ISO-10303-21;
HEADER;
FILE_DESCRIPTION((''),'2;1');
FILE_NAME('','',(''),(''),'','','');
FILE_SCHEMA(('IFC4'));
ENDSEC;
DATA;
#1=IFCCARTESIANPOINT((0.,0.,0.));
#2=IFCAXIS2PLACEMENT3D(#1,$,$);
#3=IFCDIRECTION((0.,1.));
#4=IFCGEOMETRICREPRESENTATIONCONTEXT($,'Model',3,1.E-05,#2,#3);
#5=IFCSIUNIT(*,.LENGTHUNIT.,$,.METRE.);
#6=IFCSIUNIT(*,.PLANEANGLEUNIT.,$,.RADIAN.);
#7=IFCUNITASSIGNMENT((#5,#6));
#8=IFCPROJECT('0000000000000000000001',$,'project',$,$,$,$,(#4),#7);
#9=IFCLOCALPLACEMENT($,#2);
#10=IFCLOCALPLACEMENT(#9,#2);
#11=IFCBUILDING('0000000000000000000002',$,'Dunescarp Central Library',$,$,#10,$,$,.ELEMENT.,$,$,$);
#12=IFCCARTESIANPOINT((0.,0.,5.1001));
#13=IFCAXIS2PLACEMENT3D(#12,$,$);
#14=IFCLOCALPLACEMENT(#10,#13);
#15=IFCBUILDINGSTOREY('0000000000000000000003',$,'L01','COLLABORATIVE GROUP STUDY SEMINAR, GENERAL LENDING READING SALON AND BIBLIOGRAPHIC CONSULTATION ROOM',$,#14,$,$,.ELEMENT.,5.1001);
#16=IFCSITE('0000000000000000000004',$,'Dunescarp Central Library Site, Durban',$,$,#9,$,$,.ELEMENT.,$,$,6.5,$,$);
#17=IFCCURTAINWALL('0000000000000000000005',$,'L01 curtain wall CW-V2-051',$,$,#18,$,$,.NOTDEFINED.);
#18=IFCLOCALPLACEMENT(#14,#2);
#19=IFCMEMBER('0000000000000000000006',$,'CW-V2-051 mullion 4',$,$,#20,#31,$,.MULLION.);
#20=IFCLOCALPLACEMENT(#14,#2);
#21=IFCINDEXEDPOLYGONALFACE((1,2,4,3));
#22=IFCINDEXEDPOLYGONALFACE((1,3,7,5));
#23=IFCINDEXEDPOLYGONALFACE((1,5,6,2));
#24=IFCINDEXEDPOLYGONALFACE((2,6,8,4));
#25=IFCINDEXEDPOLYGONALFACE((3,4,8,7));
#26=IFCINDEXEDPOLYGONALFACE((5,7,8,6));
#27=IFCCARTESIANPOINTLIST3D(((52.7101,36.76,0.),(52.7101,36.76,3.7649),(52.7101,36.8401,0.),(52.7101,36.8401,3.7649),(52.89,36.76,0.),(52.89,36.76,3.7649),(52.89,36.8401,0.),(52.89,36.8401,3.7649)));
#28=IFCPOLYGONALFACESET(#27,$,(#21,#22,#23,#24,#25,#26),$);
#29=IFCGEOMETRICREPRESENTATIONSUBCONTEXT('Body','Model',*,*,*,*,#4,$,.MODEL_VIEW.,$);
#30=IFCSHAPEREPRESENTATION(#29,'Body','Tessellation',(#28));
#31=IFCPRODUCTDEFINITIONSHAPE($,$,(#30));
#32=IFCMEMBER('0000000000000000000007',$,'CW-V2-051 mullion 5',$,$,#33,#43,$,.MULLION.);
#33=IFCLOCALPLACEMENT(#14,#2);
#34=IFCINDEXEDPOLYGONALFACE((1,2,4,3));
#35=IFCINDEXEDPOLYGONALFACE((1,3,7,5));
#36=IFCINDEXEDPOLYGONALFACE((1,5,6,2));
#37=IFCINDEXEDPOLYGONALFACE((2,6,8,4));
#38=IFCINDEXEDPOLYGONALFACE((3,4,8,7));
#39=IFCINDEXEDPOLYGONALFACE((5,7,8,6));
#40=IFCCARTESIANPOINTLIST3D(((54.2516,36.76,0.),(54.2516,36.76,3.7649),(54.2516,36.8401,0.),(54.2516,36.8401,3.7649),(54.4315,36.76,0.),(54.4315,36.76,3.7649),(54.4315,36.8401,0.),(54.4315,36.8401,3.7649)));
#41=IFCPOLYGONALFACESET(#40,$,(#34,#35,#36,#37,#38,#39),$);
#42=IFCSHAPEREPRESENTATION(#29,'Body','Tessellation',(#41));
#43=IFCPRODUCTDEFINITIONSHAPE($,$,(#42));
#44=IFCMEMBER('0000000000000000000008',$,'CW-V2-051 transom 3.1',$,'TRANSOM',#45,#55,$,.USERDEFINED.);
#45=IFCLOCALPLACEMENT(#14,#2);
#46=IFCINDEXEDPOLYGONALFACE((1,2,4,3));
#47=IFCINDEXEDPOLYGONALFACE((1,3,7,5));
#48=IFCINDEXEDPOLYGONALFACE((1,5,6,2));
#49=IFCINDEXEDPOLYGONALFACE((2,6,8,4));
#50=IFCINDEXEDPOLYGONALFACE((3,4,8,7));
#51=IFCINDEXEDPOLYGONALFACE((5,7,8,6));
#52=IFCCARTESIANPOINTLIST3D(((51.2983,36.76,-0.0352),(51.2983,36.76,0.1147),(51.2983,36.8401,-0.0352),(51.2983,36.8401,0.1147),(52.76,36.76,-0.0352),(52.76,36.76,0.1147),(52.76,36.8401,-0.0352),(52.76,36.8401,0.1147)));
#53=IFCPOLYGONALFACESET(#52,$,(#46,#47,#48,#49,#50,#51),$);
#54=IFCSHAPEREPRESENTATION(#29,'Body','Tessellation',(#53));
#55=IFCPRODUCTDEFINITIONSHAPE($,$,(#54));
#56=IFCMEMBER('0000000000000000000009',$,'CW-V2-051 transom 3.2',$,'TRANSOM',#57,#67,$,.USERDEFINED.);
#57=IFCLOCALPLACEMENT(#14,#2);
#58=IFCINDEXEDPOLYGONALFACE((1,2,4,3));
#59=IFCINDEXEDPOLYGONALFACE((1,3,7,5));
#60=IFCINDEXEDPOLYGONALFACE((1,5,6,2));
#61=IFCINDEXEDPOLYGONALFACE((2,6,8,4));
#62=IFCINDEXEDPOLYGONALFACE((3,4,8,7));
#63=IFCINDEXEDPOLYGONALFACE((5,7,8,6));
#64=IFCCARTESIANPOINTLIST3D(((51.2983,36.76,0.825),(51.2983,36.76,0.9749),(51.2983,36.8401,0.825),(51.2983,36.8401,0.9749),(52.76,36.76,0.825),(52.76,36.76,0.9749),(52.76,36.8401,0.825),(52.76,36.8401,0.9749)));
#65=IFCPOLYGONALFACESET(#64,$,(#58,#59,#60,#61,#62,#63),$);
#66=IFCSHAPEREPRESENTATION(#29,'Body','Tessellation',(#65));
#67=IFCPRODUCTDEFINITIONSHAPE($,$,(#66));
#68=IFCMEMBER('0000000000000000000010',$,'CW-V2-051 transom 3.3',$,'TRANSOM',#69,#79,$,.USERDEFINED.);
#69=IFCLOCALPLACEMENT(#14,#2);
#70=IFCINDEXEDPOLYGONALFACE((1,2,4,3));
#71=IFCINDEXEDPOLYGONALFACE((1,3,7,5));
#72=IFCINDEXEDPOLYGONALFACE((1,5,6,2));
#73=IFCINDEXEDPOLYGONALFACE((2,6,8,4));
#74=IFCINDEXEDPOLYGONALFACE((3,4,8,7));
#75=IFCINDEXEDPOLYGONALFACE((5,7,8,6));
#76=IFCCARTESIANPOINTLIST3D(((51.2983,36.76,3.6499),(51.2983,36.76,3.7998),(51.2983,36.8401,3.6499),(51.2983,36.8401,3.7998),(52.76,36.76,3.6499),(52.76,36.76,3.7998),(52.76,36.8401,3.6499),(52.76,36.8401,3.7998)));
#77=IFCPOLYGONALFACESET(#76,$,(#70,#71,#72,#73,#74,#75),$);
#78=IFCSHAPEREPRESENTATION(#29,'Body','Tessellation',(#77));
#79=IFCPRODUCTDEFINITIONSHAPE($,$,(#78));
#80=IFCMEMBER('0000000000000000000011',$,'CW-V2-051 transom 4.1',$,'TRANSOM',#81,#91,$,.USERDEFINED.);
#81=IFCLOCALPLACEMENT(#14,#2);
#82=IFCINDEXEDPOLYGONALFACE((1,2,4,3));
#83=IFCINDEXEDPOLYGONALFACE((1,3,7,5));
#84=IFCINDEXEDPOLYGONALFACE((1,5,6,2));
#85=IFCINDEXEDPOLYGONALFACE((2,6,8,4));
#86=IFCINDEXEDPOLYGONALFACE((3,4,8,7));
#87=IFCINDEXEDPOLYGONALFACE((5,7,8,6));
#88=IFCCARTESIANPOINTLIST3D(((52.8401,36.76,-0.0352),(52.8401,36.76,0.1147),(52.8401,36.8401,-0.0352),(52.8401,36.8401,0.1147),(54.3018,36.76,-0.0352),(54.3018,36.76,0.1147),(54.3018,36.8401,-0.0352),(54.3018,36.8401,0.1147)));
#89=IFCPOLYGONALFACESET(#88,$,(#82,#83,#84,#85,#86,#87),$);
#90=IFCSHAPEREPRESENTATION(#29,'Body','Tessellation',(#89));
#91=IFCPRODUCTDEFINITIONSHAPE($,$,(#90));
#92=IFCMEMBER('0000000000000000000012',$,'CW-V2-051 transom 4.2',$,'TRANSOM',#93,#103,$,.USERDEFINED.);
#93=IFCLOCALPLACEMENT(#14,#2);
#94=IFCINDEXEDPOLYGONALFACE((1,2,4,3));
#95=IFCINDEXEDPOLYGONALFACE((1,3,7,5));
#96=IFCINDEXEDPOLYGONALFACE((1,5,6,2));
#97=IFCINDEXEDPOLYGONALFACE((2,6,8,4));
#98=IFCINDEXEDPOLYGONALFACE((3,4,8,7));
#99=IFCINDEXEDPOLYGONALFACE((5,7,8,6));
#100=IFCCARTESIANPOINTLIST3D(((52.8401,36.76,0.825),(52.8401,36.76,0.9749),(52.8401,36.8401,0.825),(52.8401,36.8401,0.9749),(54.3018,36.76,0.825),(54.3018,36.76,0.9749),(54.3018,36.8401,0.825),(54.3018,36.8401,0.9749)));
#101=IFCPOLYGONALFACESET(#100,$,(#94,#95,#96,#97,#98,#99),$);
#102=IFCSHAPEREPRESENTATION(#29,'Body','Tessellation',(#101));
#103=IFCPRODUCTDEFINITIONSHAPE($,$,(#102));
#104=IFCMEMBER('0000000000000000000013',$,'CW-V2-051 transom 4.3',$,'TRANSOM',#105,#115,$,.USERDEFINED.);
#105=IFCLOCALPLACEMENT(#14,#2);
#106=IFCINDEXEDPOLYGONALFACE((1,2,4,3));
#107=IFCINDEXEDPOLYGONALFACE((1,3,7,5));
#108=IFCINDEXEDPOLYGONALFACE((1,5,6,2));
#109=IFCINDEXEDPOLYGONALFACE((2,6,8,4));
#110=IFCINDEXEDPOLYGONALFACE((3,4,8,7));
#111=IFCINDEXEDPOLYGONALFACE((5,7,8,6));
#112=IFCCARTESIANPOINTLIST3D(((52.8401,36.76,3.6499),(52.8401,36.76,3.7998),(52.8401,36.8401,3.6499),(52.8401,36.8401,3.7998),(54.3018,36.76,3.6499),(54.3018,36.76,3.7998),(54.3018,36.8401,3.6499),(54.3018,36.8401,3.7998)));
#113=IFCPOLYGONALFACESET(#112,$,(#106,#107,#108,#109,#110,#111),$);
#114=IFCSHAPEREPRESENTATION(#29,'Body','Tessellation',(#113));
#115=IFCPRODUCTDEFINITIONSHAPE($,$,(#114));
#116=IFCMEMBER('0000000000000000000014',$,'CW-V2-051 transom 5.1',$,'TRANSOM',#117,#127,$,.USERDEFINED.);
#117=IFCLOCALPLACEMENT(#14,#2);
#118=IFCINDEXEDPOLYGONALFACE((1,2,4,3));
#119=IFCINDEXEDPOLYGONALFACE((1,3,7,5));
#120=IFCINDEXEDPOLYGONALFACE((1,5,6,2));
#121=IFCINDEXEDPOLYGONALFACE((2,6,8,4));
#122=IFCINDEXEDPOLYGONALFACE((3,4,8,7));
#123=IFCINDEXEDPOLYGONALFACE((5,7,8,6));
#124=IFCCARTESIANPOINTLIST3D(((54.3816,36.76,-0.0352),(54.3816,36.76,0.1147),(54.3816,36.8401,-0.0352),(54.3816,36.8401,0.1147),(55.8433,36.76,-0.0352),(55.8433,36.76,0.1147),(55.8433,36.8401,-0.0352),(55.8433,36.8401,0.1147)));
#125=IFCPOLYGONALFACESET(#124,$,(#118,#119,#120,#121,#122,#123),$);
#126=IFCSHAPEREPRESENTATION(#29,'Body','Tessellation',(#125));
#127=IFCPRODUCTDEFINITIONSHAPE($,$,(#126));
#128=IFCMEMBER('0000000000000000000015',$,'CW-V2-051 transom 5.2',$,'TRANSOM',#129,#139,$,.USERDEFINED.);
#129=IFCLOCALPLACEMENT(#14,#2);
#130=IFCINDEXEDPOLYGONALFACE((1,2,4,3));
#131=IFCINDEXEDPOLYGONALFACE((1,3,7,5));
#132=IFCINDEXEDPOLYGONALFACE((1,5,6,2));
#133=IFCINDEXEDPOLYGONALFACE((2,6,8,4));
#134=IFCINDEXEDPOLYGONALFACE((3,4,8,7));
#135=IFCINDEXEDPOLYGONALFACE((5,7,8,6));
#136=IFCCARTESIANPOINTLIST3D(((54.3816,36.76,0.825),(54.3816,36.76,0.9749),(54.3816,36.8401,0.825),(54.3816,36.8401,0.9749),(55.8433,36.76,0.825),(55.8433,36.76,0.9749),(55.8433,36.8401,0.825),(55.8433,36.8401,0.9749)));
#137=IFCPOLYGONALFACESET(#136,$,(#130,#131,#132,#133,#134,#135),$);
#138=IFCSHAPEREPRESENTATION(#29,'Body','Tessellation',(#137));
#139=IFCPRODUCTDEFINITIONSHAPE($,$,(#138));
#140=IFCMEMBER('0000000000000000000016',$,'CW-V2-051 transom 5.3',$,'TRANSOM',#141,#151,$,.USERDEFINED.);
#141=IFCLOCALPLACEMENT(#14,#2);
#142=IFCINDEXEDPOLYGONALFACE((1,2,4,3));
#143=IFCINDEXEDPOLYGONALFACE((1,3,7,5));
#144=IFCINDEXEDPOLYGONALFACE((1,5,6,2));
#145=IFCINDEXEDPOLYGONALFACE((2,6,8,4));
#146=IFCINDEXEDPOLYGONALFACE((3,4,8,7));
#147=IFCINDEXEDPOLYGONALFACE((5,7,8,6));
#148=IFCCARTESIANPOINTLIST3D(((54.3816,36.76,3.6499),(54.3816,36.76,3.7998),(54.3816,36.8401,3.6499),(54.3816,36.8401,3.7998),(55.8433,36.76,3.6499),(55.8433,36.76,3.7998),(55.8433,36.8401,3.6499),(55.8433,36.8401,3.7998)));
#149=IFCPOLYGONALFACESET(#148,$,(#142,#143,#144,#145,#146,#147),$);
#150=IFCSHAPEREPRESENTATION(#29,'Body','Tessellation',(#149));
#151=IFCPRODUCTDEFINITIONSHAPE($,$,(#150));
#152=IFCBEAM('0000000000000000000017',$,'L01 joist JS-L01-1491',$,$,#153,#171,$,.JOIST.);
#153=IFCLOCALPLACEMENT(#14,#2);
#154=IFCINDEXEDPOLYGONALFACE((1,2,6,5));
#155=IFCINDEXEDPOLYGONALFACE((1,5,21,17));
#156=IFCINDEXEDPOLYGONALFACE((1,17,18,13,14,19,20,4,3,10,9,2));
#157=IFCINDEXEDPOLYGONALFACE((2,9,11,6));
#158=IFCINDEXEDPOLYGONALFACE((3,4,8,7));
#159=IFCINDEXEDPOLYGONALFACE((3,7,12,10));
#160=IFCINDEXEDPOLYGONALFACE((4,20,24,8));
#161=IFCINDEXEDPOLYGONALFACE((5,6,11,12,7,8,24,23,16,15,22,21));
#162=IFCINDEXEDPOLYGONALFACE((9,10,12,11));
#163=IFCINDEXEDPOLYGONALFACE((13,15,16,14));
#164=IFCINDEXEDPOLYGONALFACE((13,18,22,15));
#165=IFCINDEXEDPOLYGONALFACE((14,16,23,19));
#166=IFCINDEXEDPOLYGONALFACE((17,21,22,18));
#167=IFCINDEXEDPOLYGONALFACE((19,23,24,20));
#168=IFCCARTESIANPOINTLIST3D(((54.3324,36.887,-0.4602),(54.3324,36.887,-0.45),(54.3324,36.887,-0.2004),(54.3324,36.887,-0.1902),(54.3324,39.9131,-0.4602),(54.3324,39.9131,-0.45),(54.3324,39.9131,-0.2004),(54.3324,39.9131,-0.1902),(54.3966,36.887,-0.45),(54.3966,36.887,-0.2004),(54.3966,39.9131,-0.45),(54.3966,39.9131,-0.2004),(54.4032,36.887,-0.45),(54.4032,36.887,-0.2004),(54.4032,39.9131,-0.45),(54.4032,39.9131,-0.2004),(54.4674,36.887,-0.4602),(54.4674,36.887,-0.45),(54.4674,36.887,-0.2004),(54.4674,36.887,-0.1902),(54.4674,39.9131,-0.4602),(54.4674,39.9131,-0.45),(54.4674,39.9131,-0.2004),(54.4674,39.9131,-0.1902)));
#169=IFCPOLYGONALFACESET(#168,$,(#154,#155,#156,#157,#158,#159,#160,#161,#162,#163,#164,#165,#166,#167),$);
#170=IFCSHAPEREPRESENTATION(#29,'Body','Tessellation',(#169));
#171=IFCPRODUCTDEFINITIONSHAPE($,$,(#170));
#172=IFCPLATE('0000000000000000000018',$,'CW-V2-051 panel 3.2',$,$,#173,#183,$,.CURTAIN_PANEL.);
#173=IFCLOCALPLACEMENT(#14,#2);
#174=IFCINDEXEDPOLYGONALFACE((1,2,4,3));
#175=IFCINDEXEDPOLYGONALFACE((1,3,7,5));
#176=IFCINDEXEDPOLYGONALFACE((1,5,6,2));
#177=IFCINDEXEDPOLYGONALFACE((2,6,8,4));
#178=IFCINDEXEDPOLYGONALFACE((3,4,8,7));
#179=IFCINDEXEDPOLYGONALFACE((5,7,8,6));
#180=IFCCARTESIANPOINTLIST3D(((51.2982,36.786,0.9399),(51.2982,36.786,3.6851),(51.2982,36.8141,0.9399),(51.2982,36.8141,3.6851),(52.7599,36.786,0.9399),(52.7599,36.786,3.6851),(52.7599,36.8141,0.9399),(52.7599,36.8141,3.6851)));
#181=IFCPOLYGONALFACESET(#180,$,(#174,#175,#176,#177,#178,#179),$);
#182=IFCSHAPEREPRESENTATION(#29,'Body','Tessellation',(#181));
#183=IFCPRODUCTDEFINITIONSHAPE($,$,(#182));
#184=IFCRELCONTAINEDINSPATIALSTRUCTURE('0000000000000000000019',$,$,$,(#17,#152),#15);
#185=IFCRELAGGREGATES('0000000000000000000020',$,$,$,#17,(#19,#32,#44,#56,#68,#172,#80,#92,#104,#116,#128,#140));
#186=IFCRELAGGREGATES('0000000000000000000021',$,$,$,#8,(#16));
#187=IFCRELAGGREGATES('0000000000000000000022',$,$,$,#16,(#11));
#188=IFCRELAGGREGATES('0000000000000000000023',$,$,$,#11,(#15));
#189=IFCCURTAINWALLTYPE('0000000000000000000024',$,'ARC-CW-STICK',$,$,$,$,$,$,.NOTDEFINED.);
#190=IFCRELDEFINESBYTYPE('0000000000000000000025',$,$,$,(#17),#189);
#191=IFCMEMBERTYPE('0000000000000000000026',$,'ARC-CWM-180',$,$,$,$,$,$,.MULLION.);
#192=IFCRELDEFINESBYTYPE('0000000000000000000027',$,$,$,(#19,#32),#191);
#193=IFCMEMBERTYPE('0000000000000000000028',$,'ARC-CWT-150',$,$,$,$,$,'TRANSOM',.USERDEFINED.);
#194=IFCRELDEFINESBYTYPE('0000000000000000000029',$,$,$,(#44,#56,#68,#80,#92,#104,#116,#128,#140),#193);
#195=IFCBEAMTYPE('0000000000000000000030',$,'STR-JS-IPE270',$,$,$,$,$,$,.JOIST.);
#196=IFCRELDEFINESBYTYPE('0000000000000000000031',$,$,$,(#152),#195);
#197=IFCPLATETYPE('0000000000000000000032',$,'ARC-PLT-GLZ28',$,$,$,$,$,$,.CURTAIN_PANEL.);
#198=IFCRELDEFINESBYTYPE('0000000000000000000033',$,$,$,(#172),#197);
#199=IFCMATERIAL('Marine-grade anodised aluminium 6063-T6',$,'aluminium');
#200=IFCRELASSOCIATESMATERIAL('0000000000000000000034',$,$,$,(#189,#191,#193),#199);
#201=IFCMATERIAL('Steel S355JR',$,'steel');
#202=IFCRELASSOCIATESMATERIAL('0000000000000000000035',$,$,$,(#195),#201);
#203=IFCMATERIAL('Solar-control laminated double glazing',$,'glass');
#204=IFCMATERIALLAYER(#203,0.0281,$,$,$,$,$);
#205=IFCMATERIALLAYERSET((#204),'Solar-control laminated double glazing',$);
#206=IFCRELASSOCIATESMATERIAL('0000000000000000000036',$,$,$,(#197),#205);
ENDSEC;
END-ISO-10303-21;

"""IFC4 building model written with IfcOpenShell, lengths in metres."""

from ifc_helpers import new_model, si_unit, direction, frame, origin, origin_2d, place, context, subcontext, project, spatial, rectangle, i_section, extrude, material, layer, layer_set, material_profile, profile_set, type_object, element, aggregate, save


model = new_model("IFC4")

# Units and contexts
model_context = context("Model", 3, precision=1e-05, world=origin(), true_north=direction((0.0, 1.0)))
body_context = subcontext(model_context, "Body", "Model", "MODEL_VIEW")
ifc_project = project(units=[si_unit("LENGTHUNIT", "METRE"), si_unit("PLANEANGLEUNIT", "RADIAN")], contexts=[model_context])

# Site, building, storey
site_placement = place(None, origin())
site = spatial("IfcSite", under=ifc_project, at=site_placement, Name="Dunescarp Central Library Site, Durban", CompositionType="ELEMENT", RefElevation=6.5)
building_placement = place(site_placement, origin())
building = spatial("IfcBuilding", under=site, at=building_placement, Name="Dunescarp Central Library", CompositionType="ELEMENT")
storey_placement = place(building_placement, frame((0.0, 0.0, 5.1001)))
storey = spatial("IfcBuildingStorey", under=building, at=storey_placement, Name="L01", Description="COLLABORATIVE GROUP STUDY SEMINAR, GENERAL LENDING READING SALON AND BIBLIOGRAPHIC CONSULTATION ROOM", CompositionType="ELEMENT", Elevation=5.1001)

# Curtain wall, members
ifc_material_1 = material(Name="Marine-grade anodised aluminium 6063-T6", Category="aluminium")
curtain_wall_type = type_object("IfcCurtainWallType", Name="ARC-CW-STICK", PredefinedType="NOTDEFINED", material=ifc_material_1)
curtain_wall_placement = place(storey_placement, origin())
curtain_wall = element("IfcCurtainWall", 1, at=curtain_wall_placement, inside=storey, type_object=curtain_wall_type, Name="L01 curtain wall CW-V2-051", PredefinedType="NOTDEFINED")
ifc_material_profile_1 = material_profile(ifc_material_1, rectangle(XDim=0.0801, YDim=0.1799, at=origin_2d()), Name="AL 80x180")
ifc_profile_set_1 = profile_set([ifc_material_profile_1], Name="Marine-grade anodised aluminium 6063-T6")
member_type_1 = type_object("IfcMemberType", Name="ARC-CWM-180", PredefinedType="MULLION", material=ifc_profile_set_1)
member_1_placement = place(storey_placement, frame((52.8, 36.8, 0.0), z_axis=(0.0, 0.0, 1.0), x_axis=(0.0, 1.0, 0.0)))
member_1 = element("IfcMember", 2, at=member_1_placement, type_object=member_type_1, Name="CW-V2-051 mullion 4", PredefinedType="MULLION", context=body_context, shape_type="SweptSolid", body=[
    extrude(rectangle(XDim=0.0801, YDim=0.1799, at=origin_2d()), origin(), (0.0, 0.0, 1.0), 3.7649),
])
member_2_placement = place(storey_placement, frame((54.3416, 36.8, 0.0), z_axis=(0.0, 0.0, 1.0), x_axis=(0.0, 1.0, 0.0)))
member_2 = element("IfcMember", 3, at=member_2_placement, type_object=member_type_1, Name="CW-V2-051 mullion 5", PredefinedType="MULLION", context=body_context, shape_type="SweptSolid", body=[
    extrude(rectangle(XDim=0.0801, YDim=0.1799, at=origin_2d()), origin(), (0.0, 0.0, 1.0), 3.7649),
])
ifc_material_profile_2 = material_profile(ifc_material_1, rectangle(XDim=0.0801, YDim=0.1499, at=origin_2d()), Name="AL 80x150")
ifc_profile_set_2 = profile_set([ifc_material_profile_2], Name="Marine-grade anodised aluminium 6063-T6")
member_type_2 = type_object("IfcMemberType", Name="ARC-CWT-150", ElementType="TRANSOM", PredefinedType="USERDEFINED", material=ifc_profile_set_2)
member_3_placement = place(storey_placement, frame((51.2983, 36.8, 0.0398), z_axis=(1.0, 0.0, 0.0), x_axis=(0.0, 1.0, 0.0)))
member_3 = element("IfcMember", 4, at=member_3_placement, type_object=member_type_2, Name="CW-V2-051 transom 3.1", ObjectType="TRANSOM", PredefinedType="USERDEFINED", context=body_context, shape_type="SweptSolid", body=[
    extrude(rectangle(XDim=0.0801, YDim=0.1499, at=origin_2d()), origin(), (0.0, 0.0, 1.0), 1.4617),
])
member_4_placement = place(storey_placement, frame((51.2983, 36.8, 0.8999), z_axis=(1.0, 0.0, 0.0), x_axis=(0.0, 1.0, 0.0)))
member_4 = element("IfcMember", 5, at=member_4_placement, type_object=member_type_2, Name="CW-V2-051 transom 3.2", ObjectType="TRANSOM", PredefinedType="USERDEFINED", context=body_context, shape_type="SweptSolid", body=[
    extrude(rectangle(XDim=0.0801, YDim=0.1499, at=origin_2d()), origin(), (0.0, 0.0, 1.0), 1.4617),
])
member_5_placement = place(storey_placement, frame((51.2983, 36.8, 3.7249), z_axis=(1.0, 0.0, 0.0), x_axis=(0.0, 1.0, 0.0)))
member_5 = element("IfcMember", 6, at=member_5_placement, type_object=member_type_2, Name="CW-V2-051 transom 3.3", ObjectType="TRANSOM", PredefinedType="USERDEFINED", context=body_context, shape_type="SweptSolid", body=[
    extrude(rectangle(XDim=0.0801, YDim=0.1499, at=origin_2d()), origin(), (0.0, 0.0, 1.0), 1.4617),
])
member_6_placement = place(storey_placement, frame((52.8401, 36.8, 0.0398), z_axis=(1.0, 0.0, 0.0), x_axis=(0.0, 1.0, 0.0)))
member_6 = element("IfcMember", 7, at=member_6_placement, type_object=member_type_2, Name="CW-V2-051 transom 4.1", ObjectType="TRANSOM", PredefinedType="USERDEFINED", context=body_context, shape_type="SweptSolid", body=[
    extrude(rectangle(XDim=0.0801, YDim=0.1499, at=origin_2d()), origin(), (0.0, 0.0, 1.0), 1.4617),
])
member_7_placement = place(storey_placement, frame((52.8401, 36.8, 0.8999), z_axis=(1.0, 0.0, 0.0), x_axis=(0.0, 1.0, 0.0)))
member_7 = element("IfcMember", 8, at=member_7_placement, type_object=member_type_2, Name="CW-V2-051 transom 4.2", ObjectType="TRANSOM", PredefinedType="USERDEFINED", context=body_context, shape_type="SweptSolid", body=[
    extrude(rectangle(XDim=0.0801, YDim=0.1499, at=origin_2d()), origin(), (0.0, 0.0, 1.0), 1.4617),
])
member_8_placement = place(storey_placement, frame((52.8401, 36.8, 3.7249), z_axis=(1.0, 0.0, 0.0), x_axis=(0.0, 1.0, 0.0)))
member_8 = element("IfcMember", 9, at=member_8_placement, type_object=member_type_2, Name="CW-V2-051 transom 4.3", ObjectType="TRANSOM", PredefinedType="USERDEFINED", context=body_context, shape_type="SweptSolid", body=[
    extrude(rectangle(XDim=0.0801, YDim=0.1499, at=origin_2d()), origin(), (0.0, 0.0, 1.0), 1.4617),
])
member_9_placement = place(storey_placement, frame((54.3816, 36.8, 0.0398), z_axis=(1.0, 0.0, 0.0), x_axis=(0.0, 1.0, 0.0)))
member_9 = element("IfcMember", 10, at=member_9_placement, type_object=member_type_2, Name="CW-V2-051 transom 5.1", ObjectType="TRANSOM", PredefinedType="USERDEFINED", context=body_context, shape_type="SweptSolid", body=[
    extrude(rectangle(XDim=0.0801, YDim=0.1499, at=origin_2d()), origin(), (0.0, 0.0, 1.0), 1.4617),
])
member_10_placement = place(storey_placement, frame((54.3816, 36.8, 0.8999), z_axis=(1.0, 0.0, 0.0), x_axis=(0.0, 1.0, 0.0)))
member_10 = element("IfcMember", 11, at=member_10_placement, type_object=member_type_2, Name="CW-V2-051 transom 5.2", ObjectType="TRANSOM", PredefinedType="USERDEFINED", context=body_context, shape_type="SweptSolid", body=[
    extrude(rectangle(XDim=0.0801, YDim=0.1499, at=origin_2d()), origin(), (0.0, 0.0, 1.0), 1.4617),
])
member_11_placement = place(storey_placement, frame((54.3816, 36.8, 3.7249), z_axis=(1.0, 0.0, 0.0), x_axis=(0.0, 1.0, 0.0)))
member_11 = element("IfcMember", 12, at=member_11_placement, type_object=member_type_2, Name="CW-V2-051 transom 5.3", ObjectType="TRANSOM", PredefinedType="USERDEFINED", context=body_context, shape_type="SweptSolid", body=[
    extrude(rectangle(XDim=0.0801, YDim=0.1499, at=origin_2d()), origin(), (0.0, 0.0, 1.0), 1.4617),
])

# Beam
ifc_material_2 = material(Name="Steel S355JR", Category="steel")
ifc_material_profile_3 = material_profile(ifc_material_2, i_section(OverallWidth=0.135, OverallDepth=0.27, WebThickness=0.0066, FlangeThickness=0.0103, at=origin_2d()), Name="IPE 270")
ifc_profile_set_3 = profile_set([ifc_material_profile_3], Name="Steel S355JR")
beam_type = type_object("IfcBeamType", Name="STR-JS-IPE270", PredefinedType="JOIST", material=ifc_profile_set_3)
beam_placement = place(storey_placement, frame((54.3999, 36.887, -0.3252), z_axis=(0.0, 1.0, 0.0), x_axis=(-1.0, 0.0, 0.0)))
element("IfcBeam", 13, at=beam_placement, inside=storey, type_object=beam_type, Name="L01 joist JS-L01-1491", PredefinedType="JOIST", context=body_context, shape_type="SweptSolid", body=[
    extrude(i_section(OverallWidth=0.135, OverallDepth=0.27, WebThickness=0.0066, FlangeThickness=0.0103, at=origin_2d()), origin(), (0.0, 0.0, 1.0), 3.0261),
])

# Plate
ifc_material_3 = material(Name="Solar-control laminated double glazing", Category="glass")
ifc_layer_1 = layer(ifc_material_3, 0.0281)
ifc_layer_set_1 = layer_set([ifc_layer_1], Name="Solar-control laminated double glazing")
plate_type_1 = type_object("IfcPlateType", Name="ARC-PLT-GLZ28", PredefinedType="CURTAIN_PANEL", material=ifc_layer_set_1)
plate_1_placement = place(storey_placement, frame((52.0291, 36.8, 0.9399), z_axis=(0.0, 0.0, 1.0), x_axis=(1.0, 0.0, 0.0)))
plate_1 = element("IfcPlate", 14, at=plate_1_placement, type_object=plate_type_1, Name="CW-V2-051 panel 3.2", PredefinedType="CURTAIN_PANEL", context=body_context, shape_type="SweptSolid", body=[
    extrude(rectangle(XDim=1.4617, YDim=0.0281, at=origin_2d()), origin(), (0.0, 0.0, 1.0), 2.7451),
])
aggregate(curtain_wall, [member_1, member_2, member_3, member_4, member_5, plate_1, member_6, member_7, member_8, member_9, member_10, member_11])

save(model, "model.ifc")
